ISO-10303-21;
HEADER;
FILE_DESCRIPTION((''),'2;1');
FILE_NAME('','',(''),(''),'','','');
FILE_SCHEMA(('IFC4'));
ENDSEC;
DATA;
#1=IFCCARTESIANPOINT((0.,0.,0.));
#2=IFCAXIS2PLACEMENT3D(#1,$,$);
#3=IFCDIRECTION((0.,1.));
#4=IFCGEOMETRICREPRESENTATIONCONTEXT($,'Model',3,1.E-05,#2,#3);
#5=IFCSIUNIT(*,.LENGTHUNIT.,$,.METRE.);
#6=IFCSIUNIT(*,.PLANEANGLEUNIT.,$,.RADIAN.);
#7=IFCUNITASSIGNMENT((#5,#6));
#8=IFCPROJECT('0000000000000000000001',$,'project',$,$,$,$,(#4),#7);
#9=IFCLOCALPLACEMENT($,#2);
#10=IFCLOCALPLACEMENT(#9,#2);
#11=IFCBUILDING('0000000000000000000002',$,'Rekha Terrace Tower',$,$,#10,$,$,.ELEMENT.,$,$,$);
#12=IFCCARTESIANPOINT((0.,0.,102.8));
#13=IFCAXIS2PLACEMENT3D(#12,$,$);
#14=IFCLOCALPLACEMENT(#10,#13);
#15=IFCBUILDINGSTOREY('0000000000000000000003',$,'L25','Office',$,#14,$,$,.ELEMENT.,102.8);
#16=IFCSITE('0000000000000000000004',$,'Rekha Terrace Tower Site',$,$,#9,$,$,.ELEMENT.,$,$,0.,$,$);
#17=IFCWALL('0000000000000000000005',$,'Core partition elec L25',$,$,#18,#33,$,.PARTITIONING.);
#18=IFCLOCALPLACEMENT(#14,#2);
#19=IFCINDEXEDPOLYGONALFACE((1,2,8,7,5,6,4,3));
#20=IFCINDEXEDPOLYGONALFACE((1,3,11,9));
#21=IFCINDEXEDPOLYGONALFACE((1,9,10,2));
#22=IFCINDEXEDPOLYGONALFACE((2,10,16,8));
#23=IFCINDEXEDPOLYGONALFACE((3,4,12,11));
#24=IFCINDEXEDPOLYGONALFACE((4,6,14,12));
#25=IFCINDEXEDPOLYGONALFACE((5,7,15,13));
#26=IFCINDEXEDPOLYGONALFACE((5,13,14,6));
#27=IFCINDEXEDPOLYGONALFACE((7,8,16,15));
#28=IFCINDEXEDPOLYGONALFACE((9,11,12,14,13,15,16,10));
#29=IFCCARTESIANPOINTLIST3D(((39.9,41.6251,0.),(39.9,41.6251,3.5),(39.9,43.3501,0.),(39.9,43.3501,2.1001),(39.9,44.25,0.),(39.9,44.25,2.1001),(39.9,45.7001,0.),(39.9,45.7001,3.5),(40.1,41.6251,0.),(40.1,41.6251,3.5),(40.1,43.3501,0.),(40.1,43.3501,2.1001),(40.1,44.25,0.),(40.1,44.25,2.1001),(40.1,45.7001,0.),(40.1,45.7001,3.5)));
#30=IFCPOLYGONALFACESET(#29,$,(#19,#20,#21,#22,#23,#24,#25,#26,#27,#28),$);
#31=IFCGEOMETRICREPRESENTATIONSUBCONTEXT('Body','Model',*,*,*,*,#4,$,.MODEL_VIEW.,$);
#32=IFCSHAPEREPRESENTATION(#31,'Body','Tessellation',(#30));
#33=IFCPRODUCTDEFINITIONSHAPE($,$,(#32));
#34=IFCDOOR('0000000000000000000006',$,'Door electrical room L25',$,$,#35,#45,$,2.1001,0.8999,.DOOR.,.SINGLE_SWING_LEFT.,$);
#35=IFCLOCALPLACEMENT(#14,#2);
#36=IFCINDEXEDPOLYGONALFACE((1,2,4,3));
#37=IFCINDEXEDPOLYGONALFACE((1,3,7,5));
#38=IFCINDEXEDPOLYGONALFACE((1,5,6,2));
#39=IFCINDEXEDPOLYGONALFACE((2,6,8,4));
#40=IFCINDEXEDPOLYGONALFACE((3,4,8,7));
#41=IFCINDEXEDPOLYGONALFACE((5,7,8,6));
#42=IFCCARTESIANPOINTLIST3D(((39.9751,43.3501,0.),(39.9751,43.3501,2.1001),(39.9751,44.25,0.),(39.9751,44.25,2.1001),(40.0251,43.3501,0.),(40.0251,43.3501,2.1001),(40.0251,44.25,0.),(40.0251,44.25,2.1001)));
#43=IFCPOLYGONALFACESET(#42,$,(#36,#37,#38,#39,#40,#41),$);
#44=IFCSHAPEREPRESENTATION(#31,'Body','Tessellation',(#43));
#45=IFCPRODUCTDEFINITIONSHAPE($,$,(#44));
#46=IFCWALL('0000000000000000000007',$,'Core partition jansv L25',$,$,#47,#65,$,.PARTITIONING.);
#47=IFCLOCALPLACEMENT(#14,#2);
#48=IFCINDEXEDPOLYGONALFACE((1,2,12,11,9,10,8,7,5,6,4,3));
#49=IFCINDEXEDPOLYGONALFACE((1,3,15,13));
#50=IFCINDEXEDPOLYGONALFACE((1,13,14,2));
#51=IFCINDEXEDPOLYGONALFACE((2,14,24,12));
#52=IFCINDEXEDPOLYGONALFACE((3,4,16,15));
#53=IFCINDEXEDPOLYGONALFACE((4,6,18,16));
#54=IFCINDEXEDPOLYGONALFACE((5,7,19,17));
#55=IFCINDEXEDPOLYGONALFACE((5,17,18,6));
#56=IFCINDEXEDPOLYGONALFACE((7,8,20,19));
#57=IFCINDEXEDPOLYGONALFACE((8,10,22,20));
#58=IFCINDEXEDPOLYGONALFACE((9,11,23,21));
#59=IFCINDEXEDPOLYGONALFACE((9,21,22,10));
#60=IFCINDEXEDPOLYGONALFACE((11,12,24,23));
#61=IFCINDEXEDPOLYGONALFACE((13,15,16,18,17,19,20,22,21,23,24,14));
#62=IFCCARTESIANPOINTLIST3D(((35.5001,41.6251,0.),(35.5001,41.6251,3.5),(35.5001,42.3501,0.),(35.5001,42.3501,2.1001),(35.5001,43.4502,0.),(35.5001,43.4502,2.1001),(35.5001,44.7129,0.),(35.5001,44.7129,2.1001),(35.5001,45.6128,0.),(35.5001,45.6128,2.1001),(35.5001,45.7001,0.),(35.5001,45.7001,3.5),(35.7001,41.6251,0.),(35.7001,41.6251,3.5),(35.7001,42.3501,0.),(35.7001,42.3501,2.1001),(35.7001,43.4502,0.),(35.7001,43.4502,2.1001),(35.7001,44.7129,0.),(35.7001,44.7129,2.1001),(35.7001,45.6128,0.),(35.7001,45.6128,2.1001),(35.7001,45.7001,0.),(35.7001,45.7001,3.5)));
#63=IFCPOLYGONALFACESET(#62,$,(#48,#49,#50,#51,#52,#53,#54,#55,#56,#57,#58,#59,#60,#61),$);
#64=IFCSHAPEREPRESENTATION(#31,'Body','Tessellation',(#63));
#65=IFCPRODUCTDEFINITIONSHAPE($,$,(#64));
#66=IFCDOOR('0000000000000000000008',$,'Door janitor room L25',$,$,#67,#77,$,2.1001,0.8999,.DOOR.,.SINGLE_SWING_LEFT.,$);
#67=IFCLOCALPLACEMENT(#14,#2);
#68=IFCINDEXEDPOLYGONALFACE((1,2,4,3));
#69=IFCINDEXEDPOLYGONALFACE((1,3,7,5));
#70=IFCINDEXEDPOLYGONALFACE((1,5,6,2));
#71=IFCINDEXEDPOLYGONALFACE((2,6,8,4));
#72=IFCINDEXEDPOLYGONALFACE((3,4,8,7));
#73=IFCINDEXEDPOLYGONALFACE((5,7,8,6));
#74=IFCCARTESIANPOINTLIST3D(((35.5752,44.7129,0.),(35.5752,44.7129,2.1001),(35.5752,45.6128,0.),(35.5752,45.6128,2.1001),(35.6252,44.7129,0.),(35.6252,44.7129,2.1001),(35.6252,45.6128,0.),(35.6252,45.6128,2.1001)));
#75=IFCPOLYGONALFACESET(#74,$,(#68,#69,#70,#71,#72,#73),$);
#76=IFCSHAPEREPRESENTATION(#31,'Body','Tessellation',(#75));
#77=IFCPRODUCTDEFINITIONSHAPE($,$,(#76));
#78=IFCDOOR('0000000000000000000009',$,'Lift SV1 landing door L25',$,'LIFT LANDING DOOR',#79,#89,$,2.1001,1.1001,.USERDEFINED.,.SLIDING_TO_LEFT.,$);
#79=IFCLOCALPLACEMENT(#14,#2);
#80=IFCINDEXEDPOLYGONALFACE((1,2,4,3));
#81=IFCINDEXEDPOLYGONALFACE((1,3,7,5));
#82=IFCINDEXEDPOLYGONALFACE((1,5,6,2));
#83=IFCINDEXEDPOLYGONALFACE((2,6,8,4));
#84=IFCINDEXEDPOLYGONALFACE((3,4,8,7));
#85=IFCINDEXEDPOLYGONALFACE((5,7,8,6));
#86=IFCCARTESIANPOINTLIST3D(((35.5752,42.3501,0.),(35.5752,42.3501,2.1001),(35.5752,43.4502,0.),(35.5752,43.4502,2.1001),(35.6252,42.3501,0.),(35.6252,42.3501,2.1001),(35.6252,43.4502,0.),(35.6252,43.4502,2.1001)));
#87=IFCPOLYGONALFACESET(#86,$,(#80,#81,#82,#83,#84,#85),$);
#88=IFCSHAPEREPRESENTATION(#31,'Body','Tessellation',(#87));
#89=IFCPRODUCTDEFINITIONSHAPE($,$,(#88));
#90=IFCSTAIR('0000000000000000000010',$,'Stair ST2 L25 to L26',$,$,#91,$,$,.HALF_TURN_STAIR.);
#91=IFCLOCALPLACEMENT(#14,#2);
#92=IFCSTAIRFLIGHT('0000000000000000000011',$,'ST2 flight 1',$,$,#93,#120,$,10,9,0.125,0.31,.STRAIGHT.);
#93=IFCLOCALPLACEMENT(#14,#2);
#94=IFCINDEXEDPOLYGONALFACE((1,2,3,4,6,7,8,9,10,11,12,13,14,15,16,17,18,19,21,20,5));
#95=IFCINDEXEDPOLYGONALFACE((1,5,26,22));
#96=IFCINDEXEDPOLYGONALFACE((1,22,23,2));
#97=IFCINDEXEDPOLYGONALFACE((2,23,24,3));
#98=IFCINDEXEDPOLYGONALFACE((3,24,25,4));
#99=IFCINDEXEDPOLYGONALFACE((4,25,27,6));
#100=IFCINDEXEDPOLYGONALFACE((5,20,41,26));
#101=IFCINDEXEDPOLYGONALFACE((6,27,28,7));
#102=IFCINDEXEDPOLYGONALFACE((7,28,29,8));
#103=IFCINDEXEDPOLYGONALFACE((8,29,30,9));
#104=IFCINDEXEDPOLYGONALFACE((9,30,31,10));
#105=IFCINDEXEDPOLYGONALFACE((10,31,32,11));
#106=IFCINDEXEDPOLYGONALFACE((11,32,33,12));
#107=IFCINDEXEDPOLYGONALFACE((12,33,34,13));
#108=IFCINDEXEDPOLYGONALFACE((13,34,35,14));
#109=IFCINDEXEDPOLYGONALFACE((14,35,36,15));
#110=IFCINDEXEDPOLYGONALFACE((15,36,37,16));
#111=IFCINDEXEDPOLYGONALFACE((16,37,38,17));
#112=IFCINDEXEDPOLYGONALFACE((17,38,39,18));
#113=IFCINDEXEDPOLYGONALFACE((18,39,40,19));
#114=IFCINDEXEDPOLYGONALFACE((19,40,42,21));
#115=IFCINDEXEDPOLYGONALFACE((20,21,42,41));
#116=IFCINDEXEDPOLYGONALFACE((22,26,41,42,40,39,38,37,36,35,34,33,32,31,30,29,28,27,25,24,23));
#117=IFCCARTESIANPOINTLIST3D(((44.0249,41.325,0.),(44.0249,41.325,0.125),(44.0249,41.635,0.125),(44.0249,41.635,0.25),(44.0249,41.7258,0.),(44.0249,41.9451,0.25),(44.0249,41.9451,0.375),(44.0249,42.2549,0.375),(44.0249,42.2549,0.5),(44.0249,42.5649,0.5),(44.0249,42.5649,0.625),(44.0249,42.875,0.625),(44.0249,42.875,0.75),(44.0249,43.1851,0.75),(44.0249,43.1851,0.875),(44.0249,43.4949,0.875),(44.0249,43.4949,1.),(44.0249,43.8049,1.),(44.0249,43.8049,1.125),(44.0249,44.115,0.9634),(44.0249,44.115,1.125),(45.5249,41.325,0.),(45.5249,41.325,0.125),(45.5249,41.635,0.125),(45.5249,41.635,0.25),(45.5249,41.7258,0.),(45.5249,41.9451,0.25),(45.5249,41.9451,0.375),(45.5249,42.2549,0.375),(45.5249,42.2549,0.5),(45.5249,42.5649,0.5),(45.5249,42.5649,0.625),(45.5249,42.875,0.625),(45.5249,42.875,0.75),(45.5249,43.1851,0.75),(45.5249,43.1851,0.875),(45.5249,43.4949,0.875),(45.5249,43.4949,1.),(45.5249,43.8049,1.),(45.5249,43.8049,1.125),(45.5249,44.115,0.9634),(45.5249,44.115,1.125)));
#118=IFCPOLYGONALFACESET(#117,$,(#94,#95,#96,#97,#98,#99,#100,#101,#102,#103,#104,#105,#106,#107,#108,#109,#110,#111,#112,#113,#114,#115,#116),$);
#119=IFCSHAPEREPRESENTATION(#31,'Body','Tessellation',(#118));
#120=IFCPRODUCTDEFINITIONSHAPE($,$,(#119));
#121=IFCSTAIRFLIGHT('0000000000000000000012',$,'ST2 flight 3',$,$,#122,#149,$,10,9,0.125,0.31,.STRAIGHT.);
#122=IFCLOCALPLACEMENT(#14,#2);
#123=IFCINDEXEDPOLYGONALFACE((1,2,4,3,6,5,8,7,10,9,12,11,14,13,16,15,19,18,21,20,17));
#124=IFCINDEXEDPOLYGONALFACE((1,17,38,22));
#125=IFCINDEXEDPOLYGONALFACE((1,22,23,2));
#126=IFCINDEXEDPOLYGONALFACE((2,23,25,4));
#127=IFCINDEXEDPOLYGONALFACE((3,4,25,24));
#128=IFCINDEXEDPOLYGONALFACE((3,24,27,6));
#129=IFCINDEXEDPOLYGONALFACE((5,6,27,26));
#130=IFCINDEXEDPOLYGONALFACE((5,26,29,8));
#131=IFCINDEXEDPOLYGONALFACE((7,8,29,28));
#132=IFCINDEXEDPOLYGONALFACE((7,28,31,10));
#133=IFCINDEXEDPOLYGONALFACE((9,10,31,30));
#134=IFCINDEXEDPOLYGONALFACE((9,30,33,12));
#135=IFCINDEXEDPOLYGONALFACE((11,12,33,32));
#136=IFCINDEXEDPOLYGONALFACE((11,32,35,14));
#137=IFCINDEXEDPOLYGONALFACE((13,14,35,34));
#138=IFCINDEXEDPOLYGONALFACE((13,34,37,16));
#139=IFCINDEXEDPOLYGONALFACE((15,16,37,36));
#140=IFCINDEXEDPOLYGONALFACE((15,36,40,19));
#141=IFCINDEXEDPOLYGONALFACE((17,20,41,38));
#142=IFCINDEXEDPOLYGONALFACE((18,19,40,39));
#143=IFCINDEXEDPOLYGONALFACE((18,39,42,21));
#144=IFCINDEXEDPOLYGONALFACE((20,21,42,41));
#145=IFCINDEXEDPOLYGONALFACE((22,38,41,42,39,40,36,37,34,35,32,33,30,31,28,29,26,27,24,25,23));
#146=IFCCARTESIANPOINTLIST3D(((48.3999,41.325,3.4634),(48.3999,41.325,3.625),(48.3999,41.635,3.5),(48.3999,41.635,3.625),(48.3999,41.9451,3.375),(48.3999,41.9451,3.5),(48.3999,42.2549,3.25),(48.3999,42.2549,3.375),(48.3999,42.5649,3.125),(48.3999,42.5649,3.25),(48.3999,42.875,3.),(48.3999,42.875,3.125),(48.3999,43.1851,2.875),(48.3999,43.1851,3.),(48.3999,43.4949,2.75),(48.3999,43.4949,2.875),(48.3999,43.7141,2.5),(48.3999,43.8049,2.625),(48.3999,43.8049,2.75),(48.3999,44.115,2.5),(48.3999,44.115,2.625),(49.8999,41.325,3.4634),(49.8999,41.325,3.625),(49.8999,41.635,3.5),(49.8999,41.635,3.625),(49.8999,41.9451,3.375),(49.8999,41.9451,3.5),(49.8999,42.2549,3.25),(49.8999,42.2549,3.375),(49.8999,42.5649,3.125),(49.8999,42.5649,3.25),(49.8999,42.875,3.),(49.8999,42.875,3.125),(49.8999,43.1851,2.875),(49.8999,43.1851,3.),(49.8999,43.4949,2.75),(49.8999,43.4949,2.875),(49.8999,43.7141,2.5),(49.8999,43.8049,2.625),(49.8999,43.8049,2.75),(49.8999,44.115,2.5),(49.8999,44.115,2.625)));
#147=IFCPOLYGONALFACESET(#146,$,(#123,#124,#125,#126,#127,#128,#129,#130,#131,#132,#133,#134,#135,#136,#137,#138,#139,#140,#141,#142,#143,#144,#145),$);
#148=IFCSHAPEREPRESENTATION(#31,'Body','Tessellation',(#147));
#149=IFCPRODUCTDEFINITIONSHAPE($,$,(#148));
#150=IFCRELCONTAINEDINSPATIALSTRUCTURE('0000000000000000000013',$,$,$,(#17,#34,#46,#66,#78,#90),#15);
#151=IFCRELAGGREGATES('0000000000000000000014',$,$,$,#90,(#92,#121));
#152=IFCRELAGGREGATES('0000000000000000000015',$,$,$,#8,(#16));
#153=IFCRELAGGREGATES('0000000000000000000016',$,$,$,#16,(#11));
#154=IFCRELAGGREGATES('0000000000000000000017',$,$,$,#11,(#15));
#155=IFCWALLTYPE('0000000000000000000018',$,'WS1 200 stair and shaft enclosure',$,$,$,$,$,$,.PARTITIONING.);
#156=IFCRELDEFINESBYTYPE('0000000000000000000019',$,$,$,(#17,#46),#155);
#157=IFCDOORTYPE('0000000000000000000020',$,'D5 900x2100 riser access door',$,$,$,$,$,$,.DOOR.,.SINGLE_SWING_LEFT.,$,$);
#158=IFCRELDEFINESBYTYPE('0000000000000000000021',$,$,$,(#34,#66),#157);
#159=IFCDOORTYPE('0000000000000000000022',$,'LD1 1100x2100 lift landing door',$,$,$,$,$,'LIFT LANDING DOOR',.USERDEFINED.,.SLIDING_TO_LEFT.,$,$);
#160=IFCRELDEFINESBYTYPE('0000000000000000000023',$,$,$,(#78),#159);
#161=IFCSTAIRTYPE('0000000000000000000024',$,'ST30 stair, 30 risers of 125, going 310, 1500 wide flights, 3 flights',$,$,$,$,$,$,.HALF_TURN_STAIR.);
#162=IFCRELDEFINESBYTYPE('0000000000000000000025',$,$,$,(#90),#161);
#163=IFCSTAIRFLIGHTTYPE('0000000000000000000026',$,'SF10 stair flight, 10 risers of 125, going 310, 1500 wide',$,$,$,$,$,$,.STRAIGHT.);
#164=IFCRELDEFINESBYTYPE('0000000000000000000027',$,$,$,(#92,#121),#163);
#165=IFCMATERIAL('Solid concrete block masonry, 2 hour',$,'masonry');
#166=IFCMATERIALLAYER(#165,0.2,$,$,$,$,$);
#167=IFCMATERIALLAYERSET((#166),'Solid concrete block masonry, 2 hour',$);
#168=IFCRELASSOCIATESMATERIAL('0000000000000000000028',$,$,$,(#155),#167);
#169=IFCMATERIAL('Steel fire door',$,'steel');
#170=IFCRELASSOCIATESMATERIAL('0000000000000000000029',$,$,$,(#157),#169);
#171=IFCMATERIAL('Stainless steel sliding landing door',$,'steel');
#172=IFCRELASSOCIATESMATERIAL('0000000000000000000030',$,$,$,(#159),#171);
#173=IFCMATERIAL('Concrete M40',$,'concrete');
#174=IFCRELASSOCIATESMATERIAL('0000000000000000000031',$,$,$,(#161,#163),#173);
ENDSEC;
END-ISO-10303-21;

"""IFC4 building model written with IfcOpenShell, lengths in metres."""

from ifc_helpers import new_model, si_unit, direction, frame, frame_2d, origin, place, context, subcontext, project, spatial, polyline, rectangle, outline, extrude, material, layer, layer_set, type_object, element, fill, aggregate, save


model = new_model("IFC4")

# Units and contexts
model_context = context("Model", 3, precision=1e-05, world=origin(), true_north=direction((0.0, 1.0)))
body_context = subcontext(model_context, "Body", "Model", "MODEL_VIEW")
ifc_project = project(units=[si_unit("LENGTHUNIT", "METRE"), si_unit("PLANEANGLEUNIT", "RADIAN")], contexts=[model_context])

# Site, building, storey
site_placement = place(None, origin())
site = spatial("IfcSite", under=ifc_project, at=site_placement, Name="Rekha Terrace Tower Site", CompositionType="ELEMENT", RefElevation=0.0)
building_placement = place(site_placement, origin())
building = spatial("IfcBuilding", under=site, at=building_placement, Name="Rekha Terrace Tower", CompositionType="ELEMENT")
storey_placement = place(building_placement, frame((0.0, 0.0, 102.8)))
storey = spatial("IfcBuildingStorey", under=building, at=storey_placement, Name="L25", Description="Office", CompositionType="ELEMENT", Elevation=102.8)

# Shared definitions
ifc_material_1 = material(Name="Stainless steel sliding landing door", Category="steel")
ifc_material_2 = material(Name="Steel fire door", Category="steel")

# Shared definitions
ifc_material_3 = material(Name="Solid concrete block masonry, 2 hour", Category="masonry")
ifc_layer_1 = layer(ifc_material_3, 0.2)
ifc_layer_set_1 = layer_set([ifc_layer_1], Name="Solid concrete block masonry, 2 hour")
wall_type_1 = type_object("IfcWallType", Name="WS1 200 stair and shaft enclosure", PredefinedType="PARTITIONING", material=ifc_layer_set_1)

# Wall, opening, door
wall_1_placement = place(storey_placement, frame((40.0, 41.625, 0.0), z_axis=(0.0, 0.0, 1.0), x_axis=(0.0, 1.0, 0.0)))
wall_1 = element("IfcWall", 1, at=wall_1_placement, inside=storey, type_object=wall_type_1, Name="Core partition elec L25", PredefinedType="PARTITIONING", context=body_context, shape_type="SweptSolid", body=[
    extrude(rectangle(XDim=4.075, YDim=0.2, at=frame_2d((2.0376, 0.0))), origin(), (0.0, 0.0, 1.0), 3.5),
])
opening_1_placement = place(wall_1_placement, frame((1.7251, 0.0, 0.0)))
opening_1 = element("IfcOpeningElement", 2, at=opening_1_placement, cuts=wall_1, PredefinedType="OPENING", context=body_context, shape_type="SweptSolid", body=[
    extrude(rectangle(XDim=0.8999, YDim=2.1001, at=frame_2d((0.45, 1.05))), frame((0.0, 0.1099, 0.0), z_axis=(0.0, -1.0, 0.0), x_axis=(1.0, 0.0, 0.0)), (0.0, 0.0, 1.0), 0.22),
])
door_type_1 = type_object("IfcDoorType", Name="D5 900x2100 riser access door", OperationType="SINGLE_SWING_LEFT", PredefinedType="DOOR", material=ifc_material_2)
door_1_placement = place(opening_1_placement, origin())
door_1 = element("IfcDoor", 3, at=door_1_placement, inside=storey, type_object=door_type_1, Name="Door electrical room L25", OperationType="SINGLE_SWING_LEFT", OverallHeight=2.1001, OverallWidth=0.8999, PredefinedType="DOOR", context=body_context, shape_type="SweptSolid", body=[
    extrude(rectangle(XDim=0.8999, YDim=2.1001, at=frame_2d((0.45, 1.05))), frame((0.0, 0.0249, 0.0), z_axis=(0.0, -1.0, 0.0), x_axis=(1.0, 0.0, 0.0)), (0.0, 0.0, 1.0), 0.05),
])
fill(opening_1, door_1)

# Wall, openings, doors
wall_2_placement = place(storey_placement, frame((35.6001, 41.625, 0.0), z_axis=(0.0, 0.0, 1.0), x_axis=(0.0, 1.0, 0.0)))
wall_2 = element("IfcWall", 4, at=wall_2_placement, inside=storey, type_object=wall_type_1, Name="Core partition jansv L25", PredefinedType="PARTITIONING", context=body_context, shape_type="SweptSolid", body=[
    extrude(rectangle(XDim=4.075, YDim=0.2, at=frame_2d((2.0376, 0.0))), origin(), (0.0, 0.0, 1.0), 3.5),
])
opening_2_placement = place(wall_2_placement, frame((3.0879, 0.0, 0.0)))
opening_2 = element("IfcOpeningElement", 5, at=opening_2_placement, cuts=wall_2, PredefinedType="OPENING", context=body_context, shape_type="SweptSolid", body=[
    extrude(rectangle(XDim=0.8999, YDim=2.1001, at=frame_2d((0.45, 1.05))), frame((0.0, 0.1099, 0.0), z_axis=(0.0, -1.0, 0.0), x_axis=(1.0, 0.0, 0.0)), (0.0, 0.0, 1.0), 0.22),
])
opening_3_placement = place(wall_2_placement, frame((0.7251, 0.0, 0.0)))
opening_3 = element("IfcOpeningElement", 6, at=opening_3_placement, cuts=wall_2, PredefinedType="OPENING", context=body_context, shape_type="SweptSolid", body=[
    extrude(rectangle(XDim=1.1001, YDim=2.1001, at=frame_2d((0.55, 1.05))), frame((0.0, 0.1099, 0.0), z_axis=(0.0, -1.0, 0.0), x_axis=(1.0, 0.0, 0.0)), (0.0, 0.0, 1.0), 0.22),
])
door_2_placement = place(opening_2_placement, origin())
door_2 = element("IfcDoor", 7, at=door_2_placement, inside=storey, type_object=door_type_1, Name="Door janitor room L25", OperationType="SINGLE_SWING_LEFT", OverallHeight=2.1001, OverallWidth=0.8999, PredefinedType="DOOR", context=body_context, shape_type="SweptSolid", body=[
    extrude(rectangle(XDim=0.8999, YDim=2.1001, at=frame_2d((0.45, 1.05))), frame((0.0, 0.0249, 0.0), z_axis=(0.0, -1.0, 0.0), x_axis=(1.0, 0.0, 0.0)), (0.0, 0.0, 1.0), 0.05),
])
fill(opening_2, door_2)
door_type_2 = type_object("IfcDoorType", Name="LD1 1100x2100 lift landing door", ElementType="LIFT LANDING DOOR", OperationType="SLIDING_TO_LEFT", PredefinedType="USERDEFINED", material=ifc_material_1)
door_3_placement = place(opening_3_placement, origin())
door_3 = element("IfcDoor", 8, at=door_3_placement, inside=storey, type_object=door_type_2, Name="Lift SV1 landing door L25", ObjectType="LIFT LANDING DOOR", OperationType="SLIDING_TO_LEFT", OverallHeight=2.1001, OverallWidth=1.1001, PredefinedType="USERDEFINED", context=body_context, shape_type="SweptSolid", body=[
    extrude(rectangle(XDim=1.1001, YDim=2.1001, at=frame_2d((0.55, 1.05))), frame((0.0, 0.0249, 0.0), z_axis=(0.0, -1.0, 0.0), x_axis=(1.0, 0.0, 0.0)), (0.0, 0.0, 1.0), 0.05),
])
fill(opening_3, door_3)

# Stair, stair flights
ifc_material_4 = material(Name="Concrete M40", Category="concrete")
stair_type = type_object("IfcStairType", Name="ST30 stair, 30 risers of 125, going 310, 1500 wide flights, 3 flights", PredefinedType="HALF_TURN_STAIR", material=ifc_material_4)
stair_1_placement = place(storey_placement, origin())
stair_1 = element("IfcStair", 9, at=stair_1_placement, inside=storey, type_object=stair_type, Name="Stair ST2 L25 to L26", PredefinedType="HALF_TURN_STAIR")
stair_flight_type = type_object("IfcStairFlightType", Name="SF10 stair flight, 10 risers of 125, going 310, 1500 wide", PredefinedType="STRAIGHT", material=ifc_material_4)
stair_flight_1_placement = place(storey_placement, frame((44.7749, 41.325, 0.0), z_axis=(0.0, 0.0, 1.0), x_axis=(0.0, 1.0, 0.0)))
stair_flight_1 = element("IfcStairFlight", 10, at=stair_flight_1_placement, type_object=stair_flight_type, Name="ST2 flight 1", NumberOfRisers=10, NumberOfTreads=9, PredefinedType="STRAIGHT", RiserHeight=0.125, TreadLength=0.31, context=body_context, shape_type="SweptSolid", body=[
    extrude(outline(polyline([(0.0, 0.0), (0.0, 0.125), (0.3101, 0.125), (0.3101, 0.25), (0.6201, 0.25), (0.6201, 0.375), (0.9299, 0.375), (0.9299, 0.5), (1.24, 0.5), (1.24, 0.625), (1.55, 0.625), (1.55, 0.75), (1.8601, 0.75), (1.8601, 0.875), (2.1699, 0.875), (2.1699, 1.0), (2.48, 1.0), (2.48, 1.125), (2.79, 1.125), (2.79, 1.25), (2.79, 0.9634), (0.4009, 0.0), (0.0, 0.0)])), frame((0.0, 0.75, 0.0), z_axis=(0.0, -1.0, 0.0), x_axis=(1.0, 0.0, 0.0)), (0.0, 0.0, 1.0), 1.5),
])
stair_flight_2_placement = place(storey_placement, frame((49.1499, 44.115, 2.5), z_axis=(0.0, 0.0, 1.0), x_axis=(0.0, -1.0, 0.0)))
stair_flight_2 = element("IfcStairFlight", 11, at=stair_flight_2_placement, type_object=stair_flight_type, Name="ST2 flight 3", NumberOfRisers=10, NumberOfTreads=9, PredefinedType="STRAIGHT", RiserHeight=0.125, TreadLength=0.31, context=body_context, shape_type="SweptSolid", body=[
    extrude(outline(polyline([(0.0, 0.0), (0.0, 0.125), (0.3101, 0.125), (0.3101, 0.25), (0.6201, 0.25), (0.6201, 0.375), (0.9299, 0.375), (0.9299, 0.5), (1.24, 0.5), (1.24, 0.625), (1.55, 0.625), (1.55, 0.75), (1.8601, 0.75), (1.8601, 0.875), (2.1699, 0.875), (2.1699, 1.0), (2.48, 1.0), (2.48, 1.125), (2.79, 1.125), (2.79, 1.25), (2.79, 0.9634), (0.4009, 0.0), (0.0, 0.0)])), frame((0.0, 0.75, 0.0), z_axis=(0.0, -1.0, 0.0), x_axis=(1.0, 0.0, 0.0)), (0.0, 0.0, 1.0), 1.5),
])
aggregate(stair_1, [stair_flight_1, stair_flight_2])

save(model, "model.ifc")
